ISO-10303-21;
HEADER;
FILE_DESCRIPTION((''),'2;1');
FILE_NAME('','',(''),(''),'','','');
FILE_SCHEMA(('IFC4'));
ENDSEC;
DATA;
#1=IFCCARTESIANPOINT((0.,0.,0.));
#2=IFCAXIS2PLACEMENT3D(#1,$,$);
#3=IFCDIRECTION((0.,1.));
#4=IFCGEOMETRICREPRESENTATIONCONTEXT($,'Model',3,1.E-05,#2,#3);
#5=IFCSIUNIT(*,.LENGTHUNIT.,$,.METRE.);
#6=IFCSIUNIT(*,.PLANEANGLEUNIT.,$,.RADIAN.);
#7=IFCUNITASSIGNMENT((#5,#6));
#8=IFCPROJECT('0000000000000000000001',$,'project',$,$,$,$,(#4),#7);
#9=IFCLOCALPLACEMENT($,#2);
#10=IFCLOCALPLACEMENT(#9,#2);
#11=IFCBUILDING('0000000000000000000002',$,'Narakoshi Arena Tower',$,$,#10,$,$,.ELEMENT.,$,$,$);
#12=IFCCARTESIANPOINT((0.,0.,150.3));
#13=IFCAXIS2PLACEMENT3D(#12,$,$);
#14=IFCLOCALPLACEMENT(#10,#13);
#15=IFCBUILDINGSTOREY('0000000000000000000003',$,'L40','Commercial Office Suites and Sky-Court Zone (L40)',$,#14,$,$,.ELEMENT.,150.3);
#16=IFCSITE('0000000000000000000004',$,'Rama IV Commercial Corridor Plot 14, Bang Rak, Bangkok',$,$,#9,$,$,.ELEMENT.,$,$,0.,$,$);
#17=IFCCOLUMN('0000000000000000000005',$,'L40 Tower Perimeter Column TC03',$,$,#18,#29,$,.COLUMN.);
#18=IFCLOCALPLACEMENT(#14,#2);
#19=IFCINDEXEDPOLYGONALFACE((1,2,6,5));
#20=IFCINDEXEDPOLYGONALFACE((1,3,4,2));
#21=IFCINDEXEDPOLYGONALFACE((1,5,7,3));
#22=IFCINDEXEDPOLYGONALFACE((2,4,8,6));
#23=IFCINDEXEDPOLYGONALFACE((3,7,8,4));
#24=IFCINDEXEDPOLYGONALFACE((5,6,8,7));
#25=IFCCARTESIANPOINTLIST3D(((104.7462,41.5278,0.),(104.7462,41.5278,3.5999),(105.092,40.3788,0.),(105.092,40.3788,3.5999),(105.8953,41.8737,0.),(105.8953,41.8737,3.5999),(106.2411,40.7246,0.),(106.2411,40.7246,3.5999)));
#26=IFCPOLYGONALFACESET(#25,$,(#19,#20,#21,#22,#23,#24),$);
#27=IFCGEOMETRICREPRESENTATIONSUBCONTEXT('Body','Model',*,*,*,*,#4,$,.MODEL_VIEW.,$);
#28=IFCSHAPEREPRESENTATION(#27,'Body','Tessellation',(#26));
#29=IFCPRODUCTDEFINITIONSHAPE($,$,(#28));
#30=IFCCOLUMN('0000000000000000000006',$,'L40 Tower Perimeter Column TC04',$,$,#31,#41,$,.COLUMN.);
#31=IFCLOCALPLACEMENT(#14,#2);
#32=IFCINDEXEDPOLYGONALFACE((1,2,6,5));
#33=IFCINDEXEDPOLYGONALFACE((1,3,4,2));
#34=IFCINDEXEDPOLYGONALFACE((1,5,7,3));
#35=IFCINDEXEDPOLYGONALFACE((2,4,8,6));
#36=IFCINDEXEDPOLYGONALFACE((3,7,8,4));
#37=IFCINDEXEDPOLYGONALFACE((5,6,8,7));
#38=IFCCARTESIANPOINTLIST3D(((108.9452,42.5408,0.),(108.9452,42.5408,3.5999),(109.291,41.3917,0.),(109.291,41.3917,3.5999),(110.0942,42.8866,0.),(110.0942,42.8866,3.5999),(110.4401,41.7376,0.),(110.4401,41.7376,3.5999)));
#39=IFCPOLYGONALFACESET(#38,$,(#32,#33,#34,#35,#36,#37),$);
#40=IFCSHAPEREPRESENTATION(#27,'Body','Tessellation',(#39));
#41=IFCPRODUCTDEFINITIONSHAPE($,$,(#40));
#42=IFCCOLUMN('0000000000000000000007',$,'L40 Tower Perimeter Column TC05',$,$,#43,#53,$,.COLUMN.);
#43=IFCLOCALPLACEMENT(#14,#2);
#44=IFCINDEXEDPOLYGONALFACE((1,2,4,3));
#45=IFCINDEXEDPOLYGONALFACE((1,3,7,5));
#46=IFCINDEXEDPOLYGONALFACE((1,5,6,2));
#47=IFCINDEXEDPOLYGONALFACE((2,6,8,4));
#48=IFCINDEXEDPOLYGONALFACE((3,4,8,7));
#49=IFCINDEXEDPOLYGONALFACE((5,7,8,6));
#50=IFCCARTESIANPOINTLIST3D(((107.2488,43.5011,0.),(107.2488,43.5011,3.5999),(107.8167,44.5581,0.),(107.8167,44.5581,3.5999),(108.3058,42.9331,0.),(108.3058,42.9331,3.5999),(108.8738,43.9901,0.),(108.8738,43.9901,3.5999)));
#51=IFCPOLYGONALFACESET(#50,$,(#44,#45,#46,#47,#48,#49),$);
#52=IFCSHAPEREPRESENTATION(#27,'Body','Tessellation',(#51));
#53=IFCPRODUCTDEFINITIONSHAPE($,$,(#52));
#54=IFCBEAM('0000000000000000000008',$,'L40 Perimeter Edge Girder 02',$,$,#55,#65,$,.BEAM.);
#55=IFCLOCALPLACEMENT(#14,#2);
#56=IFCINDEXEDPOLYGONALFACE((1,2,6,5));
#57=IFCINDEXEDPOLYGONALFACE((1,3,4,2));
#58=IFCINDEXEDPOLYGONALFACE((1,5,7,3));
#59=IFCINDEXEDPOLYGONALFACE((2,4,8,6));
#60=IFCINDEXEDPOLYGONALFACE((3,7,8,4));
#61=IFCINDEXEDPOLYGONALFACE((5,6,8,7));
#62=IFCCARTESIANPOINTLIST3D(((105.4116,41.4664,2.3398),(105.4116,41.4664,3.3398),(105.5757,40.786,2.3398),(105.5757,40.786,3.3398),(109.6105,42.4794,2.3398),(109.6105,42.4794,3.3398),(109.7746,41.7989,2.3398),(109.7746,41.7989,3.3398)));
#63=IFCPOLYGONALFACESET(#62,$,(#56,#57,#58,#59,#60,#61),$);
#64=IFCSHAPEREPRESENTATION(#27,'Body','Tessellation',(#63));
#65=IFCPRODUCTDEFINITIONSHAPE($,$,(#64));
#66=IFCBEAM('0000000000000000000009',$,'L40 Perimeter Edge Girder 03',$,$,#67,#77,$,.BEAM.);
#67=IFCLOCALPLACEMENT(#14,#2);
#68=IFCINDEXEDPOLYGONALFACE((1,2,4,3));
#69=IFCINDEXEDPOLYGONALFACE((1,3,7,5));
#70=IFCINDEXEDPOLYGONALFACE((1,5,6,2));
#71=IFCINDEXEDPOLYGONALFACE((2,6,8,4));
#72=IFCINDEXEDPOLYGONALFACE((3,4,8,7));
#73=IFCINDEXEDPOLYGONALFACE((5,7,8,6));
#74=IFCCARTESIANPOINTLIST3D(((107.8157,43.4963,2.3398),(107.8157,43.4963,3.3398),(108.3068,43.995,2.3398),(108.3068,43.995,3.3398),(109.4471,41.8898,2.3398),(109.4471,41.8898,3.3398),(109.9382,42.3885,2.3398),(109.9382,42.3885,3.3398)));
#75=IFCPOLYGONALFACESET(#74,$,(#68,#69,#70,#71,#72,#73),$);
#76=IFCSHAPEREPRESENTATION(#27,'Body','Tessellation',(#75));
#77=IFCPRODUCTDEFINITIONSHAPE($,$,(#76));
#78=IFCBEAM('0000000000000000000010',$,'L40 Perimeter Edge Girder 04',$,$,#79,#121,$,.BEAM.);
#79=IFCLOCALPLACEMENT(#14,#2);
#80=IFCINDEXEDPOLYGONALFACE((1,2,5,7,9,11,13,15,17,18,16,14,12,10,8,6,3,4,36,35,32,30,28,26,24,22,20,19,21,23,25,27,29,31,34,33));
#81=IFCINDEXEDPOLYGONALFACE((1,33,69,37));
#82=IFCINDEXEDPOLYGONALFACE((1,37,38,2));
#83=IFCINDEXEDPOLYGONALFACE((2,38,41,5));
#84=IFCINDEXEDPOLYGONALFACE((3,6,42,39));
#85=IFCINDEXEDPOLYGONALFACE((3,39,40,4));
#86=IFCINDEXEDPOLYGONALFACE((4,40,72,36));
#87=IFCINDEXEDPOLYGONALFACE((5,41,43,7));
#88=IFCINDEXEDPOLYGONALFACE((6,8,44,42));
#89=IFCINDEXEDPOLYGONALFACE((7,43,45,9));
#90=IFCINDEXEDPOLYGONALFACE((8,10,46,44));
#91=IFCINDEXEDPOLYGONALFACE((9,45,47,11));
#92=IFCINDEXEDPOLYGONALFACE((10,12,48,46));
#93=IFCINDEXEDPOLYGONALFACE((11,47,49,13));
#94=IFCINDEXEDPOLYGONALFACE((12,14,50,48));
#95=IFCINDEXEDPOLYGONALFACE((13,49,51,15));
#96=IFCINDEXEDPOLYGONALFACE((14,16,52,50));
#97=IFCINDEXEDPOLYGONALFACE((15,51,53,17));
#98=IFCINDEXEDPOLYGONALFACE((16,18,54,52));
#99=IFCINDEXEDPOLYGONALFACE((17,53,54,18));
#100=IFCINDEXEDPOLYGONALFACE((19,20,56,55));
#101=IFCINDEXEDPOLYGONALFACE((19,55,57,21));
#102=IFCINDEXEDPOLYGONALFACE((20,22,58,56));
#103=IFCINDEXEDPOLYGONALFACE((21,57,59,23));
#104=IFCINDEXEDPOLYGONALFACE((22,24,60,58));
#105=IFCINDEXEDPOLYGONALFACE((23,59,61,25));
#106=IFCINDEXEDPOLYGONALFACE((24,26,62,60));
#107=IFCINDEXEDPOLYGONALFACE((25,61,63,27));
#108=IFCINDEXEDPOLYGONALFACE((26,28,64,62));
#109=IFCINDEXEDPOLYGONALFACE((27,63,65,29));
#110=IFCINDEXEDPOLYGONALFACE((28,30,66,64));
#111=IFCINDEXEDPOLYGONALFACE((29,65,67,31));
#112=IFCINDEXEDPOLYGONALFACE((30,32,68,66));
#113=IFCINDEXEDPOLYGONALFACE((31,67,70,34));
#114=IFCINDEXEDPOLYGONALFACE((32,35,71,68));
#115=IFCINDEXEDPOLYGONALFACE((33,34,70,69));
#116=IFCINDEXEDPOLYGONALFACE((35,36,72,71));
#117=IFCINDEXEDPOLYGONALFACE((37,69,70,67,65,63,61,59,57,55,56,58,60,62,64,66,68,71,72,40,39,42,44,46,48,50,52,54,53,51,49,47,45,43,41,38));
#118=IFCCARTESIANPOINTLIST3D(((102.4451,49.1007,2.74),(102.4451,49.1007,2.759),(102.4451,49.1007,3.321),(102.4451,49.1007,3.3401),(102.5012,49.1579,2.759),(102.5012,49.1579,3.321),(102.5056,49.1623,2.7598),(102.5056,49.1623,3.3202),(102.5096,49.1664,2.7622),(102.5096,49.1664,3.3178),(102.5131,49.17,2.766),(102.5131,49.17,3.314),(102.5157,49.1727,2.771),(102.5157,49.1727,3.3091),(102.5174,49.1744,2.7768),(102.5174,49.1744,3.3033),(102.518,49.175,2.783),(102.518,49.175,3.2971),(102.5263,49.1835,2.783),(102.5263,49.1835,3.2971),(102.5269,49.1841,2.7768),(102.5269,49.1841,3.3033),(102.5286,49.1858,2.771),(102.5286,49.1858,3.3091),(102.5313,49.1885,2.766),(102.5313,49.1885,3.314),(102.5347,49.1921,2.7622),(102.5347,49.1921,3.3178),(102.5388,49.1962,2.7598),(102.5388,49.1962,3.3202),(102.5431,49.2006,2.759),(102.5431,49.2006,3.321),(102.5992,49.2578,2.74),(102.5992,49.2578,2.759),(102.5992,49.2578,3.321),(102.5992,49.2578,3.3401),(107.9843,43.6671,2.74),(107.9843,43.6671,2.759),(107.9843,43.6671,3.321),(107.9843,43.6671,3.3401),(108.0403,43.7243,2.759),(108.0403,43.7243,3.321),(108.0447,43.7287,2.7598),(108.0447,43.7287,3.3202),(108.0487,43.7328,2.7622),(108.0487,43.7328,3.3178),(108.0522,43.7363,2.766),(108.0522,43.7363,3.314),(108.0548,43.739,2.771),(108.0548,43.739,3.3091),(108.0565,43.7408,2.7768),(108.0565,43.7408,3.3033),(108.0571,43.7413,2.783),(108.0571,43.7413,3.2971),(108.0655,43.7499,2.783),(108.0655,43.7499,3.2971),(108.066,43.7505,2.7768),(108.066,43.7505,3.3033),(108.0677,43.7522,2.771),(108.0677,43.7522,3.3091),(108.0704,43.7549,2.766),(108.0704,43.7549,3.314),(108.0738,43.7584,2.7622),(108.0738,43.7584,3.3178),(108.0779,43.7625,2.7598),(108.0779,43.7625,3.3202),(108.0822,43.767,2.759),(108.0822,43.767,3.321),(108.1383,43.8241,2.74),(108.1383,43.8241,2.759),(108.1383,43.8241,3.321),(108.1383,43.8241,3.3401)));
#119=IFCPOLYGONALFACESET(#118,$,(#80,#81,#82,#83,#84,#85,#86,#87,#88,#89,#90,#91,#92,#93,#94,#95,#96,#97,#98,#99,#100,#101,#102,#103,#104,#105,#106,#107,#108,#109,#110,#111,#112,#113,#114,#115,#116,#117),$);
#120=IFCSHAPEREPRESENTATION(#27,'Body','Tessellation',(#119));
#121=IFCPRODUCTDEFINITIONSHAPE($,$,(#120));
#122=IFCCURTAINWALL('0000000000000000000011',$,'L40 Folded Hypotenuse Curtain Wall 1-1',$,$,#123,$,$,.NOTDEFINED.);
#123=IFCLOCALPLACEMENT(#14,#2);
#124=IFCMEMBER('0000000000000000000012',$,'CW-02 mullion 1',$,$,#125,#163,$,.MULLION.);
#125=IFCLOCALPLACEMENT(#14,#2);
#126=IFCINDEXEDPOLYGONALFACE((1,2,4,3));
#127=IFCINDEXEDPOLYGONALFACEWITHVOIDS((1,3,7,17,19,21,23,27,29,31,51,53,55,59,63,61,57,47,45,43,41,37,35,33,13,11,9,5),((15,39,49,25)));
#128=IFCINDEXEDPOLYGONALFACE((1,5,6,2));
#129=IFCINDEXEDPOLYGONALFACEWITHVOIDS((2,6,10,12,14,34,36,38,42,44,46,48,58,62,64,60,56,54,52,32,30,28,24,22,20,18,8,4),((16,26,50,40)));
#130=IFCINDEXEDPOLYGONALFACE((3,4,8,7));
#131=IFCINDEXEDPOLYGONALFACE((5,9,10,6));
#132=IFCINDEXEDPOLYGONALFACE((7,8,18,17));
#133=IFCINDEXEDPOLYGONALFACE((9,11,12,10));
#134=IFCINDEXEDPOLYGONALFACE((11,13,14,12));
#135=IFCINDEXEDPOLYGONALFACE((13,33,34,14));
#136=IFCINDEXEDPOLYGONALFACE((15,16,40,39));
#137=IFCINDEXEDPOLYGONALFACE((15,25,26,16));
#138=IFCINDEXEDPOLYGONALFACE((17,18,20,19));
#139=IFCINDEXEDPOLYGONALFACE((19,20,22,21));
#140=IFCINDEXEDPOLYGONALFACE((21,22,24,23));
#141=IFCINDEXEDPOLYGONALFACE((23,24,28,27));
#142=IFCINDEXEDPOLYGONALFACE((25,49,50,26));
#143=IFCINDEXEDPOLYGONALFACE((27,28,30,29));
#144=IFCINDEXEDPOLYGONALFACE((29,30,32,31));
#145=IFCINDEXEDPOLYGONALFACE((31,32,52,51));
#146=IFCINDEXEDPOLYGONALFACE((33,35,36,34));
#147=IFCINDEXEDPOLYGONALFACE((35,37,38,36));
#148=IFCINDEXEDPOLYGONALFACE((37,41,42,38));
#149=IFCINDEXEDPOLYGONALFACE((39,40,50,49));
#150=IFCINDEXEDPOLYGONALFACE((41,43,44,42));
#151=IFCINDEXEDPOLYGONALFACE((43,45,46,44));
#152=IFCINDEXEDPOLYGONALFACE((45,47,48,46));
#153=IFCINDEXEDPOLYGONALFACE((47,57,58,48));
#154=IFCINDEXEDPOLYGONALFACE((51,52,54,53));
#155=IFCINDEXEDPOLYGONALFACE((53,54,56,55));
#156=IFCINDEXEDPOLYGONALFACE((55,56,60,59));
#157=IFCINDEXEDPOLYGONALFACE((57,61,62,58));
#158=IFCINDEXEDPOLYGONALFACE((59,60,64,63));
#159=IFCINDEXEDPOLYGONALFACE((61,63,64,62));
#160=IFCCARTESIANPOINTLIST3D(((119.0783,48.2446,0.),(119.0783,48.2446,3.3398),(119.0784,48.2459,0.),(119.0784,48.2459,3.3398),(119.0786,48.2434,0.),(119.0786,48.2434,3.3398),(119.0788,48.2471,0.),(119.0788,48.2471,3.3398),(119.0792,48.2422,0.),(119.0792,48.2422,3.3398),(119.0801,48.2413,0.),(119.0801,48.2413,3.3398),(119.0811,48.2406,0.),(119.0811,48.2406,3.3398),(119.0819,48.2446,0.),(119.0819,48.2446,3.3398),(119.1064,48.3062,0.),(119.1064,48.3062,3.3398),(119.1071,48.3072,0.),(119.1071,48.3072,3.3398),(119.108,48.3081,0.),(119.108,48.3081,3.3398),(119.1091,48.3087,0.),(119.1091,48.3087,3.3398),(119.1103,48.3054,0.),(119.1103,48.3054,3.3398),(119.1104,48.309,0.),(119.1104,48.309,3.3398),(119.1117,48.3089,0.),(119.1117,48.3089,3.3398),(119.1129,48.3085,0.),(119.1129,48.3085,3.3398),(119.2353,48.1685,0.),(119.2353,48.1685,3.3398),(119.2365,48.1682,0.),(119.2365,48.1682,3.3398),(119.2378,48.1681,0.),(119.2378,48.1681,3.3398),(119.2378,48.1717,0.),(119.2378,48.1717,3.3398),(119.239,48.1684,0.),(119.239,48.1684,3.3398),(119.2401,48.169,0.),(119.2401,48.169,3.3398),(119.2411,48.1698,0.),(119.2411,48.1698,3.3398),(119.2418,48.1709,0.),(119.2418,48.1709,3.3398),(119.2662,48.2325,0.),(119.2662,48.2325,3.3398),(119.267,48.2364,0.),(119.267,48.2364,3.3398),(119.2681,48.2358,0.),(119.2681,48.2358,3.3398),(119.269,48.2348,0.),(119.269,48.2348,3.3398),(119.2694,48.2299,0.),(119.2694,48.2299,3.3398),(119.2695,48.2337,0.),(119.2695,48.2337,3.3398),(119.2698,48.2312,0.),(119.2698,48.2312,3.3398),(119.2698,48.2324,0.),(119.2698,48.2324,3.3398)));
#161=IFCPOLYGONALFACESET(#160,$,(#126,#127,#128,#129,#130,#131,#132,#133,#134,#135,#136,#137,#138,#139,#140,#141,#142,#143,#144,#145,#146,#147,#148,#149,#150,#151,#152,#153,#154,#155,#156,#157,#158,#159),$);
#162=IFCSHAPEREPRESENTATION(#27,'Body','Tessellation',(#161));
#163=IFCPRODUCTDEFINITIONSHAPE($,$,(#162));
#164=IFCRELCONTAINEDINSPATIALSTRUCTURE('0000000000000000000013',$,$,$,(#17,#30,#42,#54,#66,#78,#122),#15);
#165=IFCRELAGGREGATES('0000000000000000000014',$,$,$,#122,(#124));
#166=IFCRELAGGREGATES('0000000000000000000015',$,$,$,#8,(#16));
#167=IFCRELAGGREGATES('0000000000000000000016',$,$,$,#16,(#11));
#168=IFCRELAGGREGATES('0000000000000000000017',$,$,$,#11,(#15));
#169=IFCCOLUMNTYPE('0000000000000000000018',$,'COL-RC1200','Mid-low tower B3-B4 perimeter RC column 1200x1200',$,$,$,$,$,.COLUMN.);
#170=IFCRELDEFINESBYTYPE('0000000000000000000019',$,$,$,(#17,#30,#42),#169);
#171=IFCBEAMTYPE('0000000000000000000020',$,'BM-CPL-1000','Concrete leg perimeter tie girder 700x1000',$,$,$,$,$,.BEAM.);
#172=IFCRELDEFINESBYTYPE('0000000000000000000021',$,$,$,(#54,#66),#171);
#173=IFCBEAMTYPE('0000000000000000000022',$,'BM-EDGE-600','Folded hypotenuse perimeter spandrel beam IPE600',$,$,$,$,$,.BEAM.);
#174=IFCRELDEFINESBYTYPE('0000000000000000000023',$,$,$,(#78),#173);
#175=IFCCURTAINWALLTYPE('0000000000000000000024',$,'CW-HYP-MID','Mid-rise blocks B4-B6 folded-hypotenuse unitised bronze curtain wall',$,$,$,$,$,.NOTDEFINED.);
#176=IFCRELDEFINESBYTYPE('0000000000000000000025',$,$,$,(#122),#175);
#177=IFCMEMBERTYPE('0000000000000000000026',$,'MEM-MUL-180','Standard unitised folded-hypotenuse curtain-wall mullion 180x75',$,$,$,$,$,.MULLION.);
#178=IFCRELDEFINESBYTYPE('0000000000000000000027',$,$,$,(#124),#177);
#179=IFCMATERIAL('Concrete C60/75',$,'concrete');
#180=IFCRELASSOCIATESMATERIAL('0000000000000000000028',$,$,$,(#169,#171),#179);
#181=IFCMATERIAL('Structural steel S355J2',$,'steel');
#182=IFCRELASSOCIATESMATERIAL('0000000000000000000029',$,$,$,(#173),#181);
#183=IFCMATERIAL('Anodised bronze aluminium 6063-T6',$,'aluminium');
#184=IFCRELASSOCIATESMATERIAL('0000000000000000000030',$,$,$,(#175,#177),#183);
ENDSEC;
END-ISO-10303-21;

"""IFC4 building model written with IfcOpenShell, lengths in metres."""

from ifc_helpers import new_model, si_unit, direction, frame, origin, origin_2d, place, context, subcontext, project, spatial, rectangle, hollow_rectangle, i_section, extrude, material, material_profile, profile_set, type_object, element, aggregate, save


model = new_model("IFC4")

# Units and contexts
model_context = context("Model", 3, precision=1e-05, world=origin(), true_north=direction((0.0, 1.0)))
body_context = subcontext(model_context, "Body", "Model", "MODEL_VIEW")
ifc_project = project(units=[si_unit("LENGTHUNIT", "METRE"), si_unit("PLANEANGLEUNIT", "RADIAN")], contexts=[model_context])

# Site, building, storey
site_placement = place(None, origin())
site = spatial("IfcSite", under=ifc_project, at=site_placement, Name="Rama IV Commercial Corridor Plot 14, Bang Rak, Bangkok", CompositionType="ELEMENT", RefElevation=0.0)
building_placement = place(site_placement, origin())
building = spatial("IfcBuilding", under=site, at=building_placement, Name="Narakoshi Arena Tower", CompositionType="ELEMENT")
storey_placement = place(building_placement, frame((0.0, 0.0, 150.3)))
storey = spatial("IfcBuildingStorey", under=building, at=storey_placement, Name="L40", Description="Commercial Office Suites and Sky-Court Zone (L40)", CompositionType="ELEMENT", Elevation=150.3)

# Columns
ifc_material_1 = material(Name="Concrete C60/75", Category="concrete")
ifc_material_profile_1 = material_profile(ifc_material_1, rectangle(XDim=1.2, YDim=1.2, at=origin_2d()), Name="RC1200x1200")
ifc_profile_set_1 = profile_set([ifc_material_profile_1], Name="Concrete C60/75")
column_type = type_object("IfcColumnType", Name="COL-RC1200", Description="Mid-low tower B3-B4 perimeter RC column 1200x1200", PredefinedType="COLUMN", material=ifc_profile_set_1)
for number, where, z_axis, x_axis, name in (
    (1, (105.4937, 41.1262, 0.0), (0.0, 0.0, 1.0), (0.957571, 0.288196, 0.0), "L40 Tower Perimeter Column TC03"),
    (2, (109.6926, 42.1392, 0.0), (0.0, 0.0, 1.0), (0.957571, 0.288196, 0.0), "L40 Tower Perimeter Column TC04"),
    (3, (108.0613, 43.7456, 0.0), (0.0, 0.0, 1.0), (0.47332, 0.880891, 0.0), "L40 Tower Perimeter Column TC05"),
):
    element("IfcColumn", number, at=place(storey_placement, frame(where, z_axis=z_axis, x_axis=x_axis)), inside=storey, type_object=column_type, Name=name, PredefinedType="COLUMN", context=body_context, shape_type="SweptSolid", body=[
        extrude(rectangle(XDim=1.2, YDim=1.2, at=origin_2d()), origin(), (0.0, 0.0, 1.0), 3.5999),
    ])

# Beams
ifc_material_profile_2 = material_profile(ifc_material_1, rectangle(XDim=0.7, YDim=1.0, at=origin_2d()), Name="RCB700x1000")
ifc_profile_set_2 = profile_set([ifc_material_profile_2], Name="Concrete C60/75")
beam_type_1 = type_object("IfcBeamType", Name="BM-CPL-1000", Description="Concrete leg perimeter tie girder 700x1000", PredefinedType="BEAM", material=ifc_profile_set_2)
beam_1_placement = place(storey_placement, frame((105.4937, 41.1262, 2.8398), z_axis=(0.972114, 0.234508, 0.0), x_axis=(-0.234508, 0.972114, 0.0)))
element("IfcBeam", 4, at=beam_1_placement, inside=storey, type_object=beam_type_1, Name="L40 Perimeter Edge Girder 02", PredefinedType="BEAM", context=body_context, shape_type="SweptSolid", body=[
    extrude(rectangle(XDim=0.7, YDim=1.0, at=origin_2d()), origin(), (0.0, 0.0, 1.0), 4.3193),
])
beam_2_placement = place(storey_placement, frame((109.6926, 42.1392, 2.8398), z_axis=(-0.712524, 0.701648, 0.0), x_axis=(-0.701648, -0.712524, 0.0)))
element("IfcBeam", 5, at=beam_2_placement, inside=storey, type_object=beam_type_1, Name="L40 Perimeter Edge Girder 03", PredefinedType="BEAM", context=body_context, shape_type="SweptSolid", body=[
    extrude(rectangle(XDim=0.7, YDim=1.0, at=origin_2d()), origin(), (0.0, 0.0, 1.0), 2.2896),
])
ifc_material_2 = material(Name="Structural steel S355J2", Category="steel")
ifc_material_profile_3 = material_profile(ifc_material_2, i_section(OverallWidth=0.22, OverallDepth=0.6001, WebThickness=0.012, FlangeThickness=0.019, FilletRadius=0.0239, at=origin_2d()), Name="IPE600")
ifc_profile_set_3 = profile_set([ifc_material_profile_3], Name="Structural steel S355J2")
beam_type_2 = type_object("IfcBeamType", Name="BM-EDGE-600", Description="Folded hypotenuse perimeter spandrel beam IPE600", PredefinedType="BEAM", material=ifc_profile_set_3)
beam_3_placement = place(storey_placement, frame((108.0613, 43.7456, 3.04), z_axis=(-0.71387, 0.700278, 0.0), x_axis=(-0.700278, -0.71387, 0.0)))
element("IfcBeam", 6, at=beam_3_placement, inside=storey, type_object=beam_type_2, Name="L40 Perimeter Edge Girder 04", PredefinedType="BEAM", context=body_context, shape_type="SweptSolid", body=[
    extrude(i_section(OverallWidth=0.22, OverallDepth=0.6001, WebThickness=0.012, FlangeThickness=0.019, FilletRadius=0.0239, at=origin_2d()), origin(), (0.0, 0.0, 1.0), 7.7593),
])

# Curtain wall, member
ifc_material_3 = material(Name="Anodised bronze aluminium 6063-T6", Category="aluminium")
curtain_wall_type = type_object("IfcCurtainWallType", Name="CW-HYP-MID", Description="Mid-rise blocks B4-B6 folded-hypotenuse unitised bronze curtain wall", PredefinedType="NOTDEFINED", material=ifc_material_3)
curtain_wall_placement = place(storey_placement, origin())
curtain_wall = element("IfcCurtainWall", 7, at=curtain_wall_placement, inside=storey, type_object=curtain_wall_type, Name="L40 Folded Hypotenuse Curtain Wall 1-1", PredefinedType="NOTDEFINED")
ifc_material_profile_4 = material_profile(ifc_material_3, hollow_rectangle(XDim=0.075, YDim=0.1799, WallThickness=0.0039, OuterFilletRadius=0.0049, at=origin_2d()), Name="MUL180x75x4")
ifc_profile_set_4 = profile_set([ifc_material_profile_4], Name="Anodised bronze aluminium 6063-T6")
member_type_1 = type_object("IfcMemberType", Name="MEM-MUL-180", Description="Standard unitised folded-hypotenuse curtain-wall mullion 180x75", PredefinedType="MULLION", material=ifc_profile_set_4)
member_1_placement = place(storey_placement, frame((119.1741, 48.2385, 0.0), z_axis=(0.0, 0.0, 1.0), x_axis=(-0.423532, -0.905881, 0.0)))
member_1 = element("IfcMember", 8, at=member_1_placement, type_object=member_type_1, Name="CW-02 mullion 1", PredefinedType="MULLION", context=body_context, shape_type="SweptSolid", body=[
    extrude(hollow_rectangle(XDim=0.075, YDim=0.1799, WallThickness=0.0039, OuterFilletRadius=0.0049, at=origin_2d()), origin(), (0.0, 0.0, 1.0), 3.3398),
])
aggregate(curtain_wall, [member_1])

save(model, "model.ifc")
